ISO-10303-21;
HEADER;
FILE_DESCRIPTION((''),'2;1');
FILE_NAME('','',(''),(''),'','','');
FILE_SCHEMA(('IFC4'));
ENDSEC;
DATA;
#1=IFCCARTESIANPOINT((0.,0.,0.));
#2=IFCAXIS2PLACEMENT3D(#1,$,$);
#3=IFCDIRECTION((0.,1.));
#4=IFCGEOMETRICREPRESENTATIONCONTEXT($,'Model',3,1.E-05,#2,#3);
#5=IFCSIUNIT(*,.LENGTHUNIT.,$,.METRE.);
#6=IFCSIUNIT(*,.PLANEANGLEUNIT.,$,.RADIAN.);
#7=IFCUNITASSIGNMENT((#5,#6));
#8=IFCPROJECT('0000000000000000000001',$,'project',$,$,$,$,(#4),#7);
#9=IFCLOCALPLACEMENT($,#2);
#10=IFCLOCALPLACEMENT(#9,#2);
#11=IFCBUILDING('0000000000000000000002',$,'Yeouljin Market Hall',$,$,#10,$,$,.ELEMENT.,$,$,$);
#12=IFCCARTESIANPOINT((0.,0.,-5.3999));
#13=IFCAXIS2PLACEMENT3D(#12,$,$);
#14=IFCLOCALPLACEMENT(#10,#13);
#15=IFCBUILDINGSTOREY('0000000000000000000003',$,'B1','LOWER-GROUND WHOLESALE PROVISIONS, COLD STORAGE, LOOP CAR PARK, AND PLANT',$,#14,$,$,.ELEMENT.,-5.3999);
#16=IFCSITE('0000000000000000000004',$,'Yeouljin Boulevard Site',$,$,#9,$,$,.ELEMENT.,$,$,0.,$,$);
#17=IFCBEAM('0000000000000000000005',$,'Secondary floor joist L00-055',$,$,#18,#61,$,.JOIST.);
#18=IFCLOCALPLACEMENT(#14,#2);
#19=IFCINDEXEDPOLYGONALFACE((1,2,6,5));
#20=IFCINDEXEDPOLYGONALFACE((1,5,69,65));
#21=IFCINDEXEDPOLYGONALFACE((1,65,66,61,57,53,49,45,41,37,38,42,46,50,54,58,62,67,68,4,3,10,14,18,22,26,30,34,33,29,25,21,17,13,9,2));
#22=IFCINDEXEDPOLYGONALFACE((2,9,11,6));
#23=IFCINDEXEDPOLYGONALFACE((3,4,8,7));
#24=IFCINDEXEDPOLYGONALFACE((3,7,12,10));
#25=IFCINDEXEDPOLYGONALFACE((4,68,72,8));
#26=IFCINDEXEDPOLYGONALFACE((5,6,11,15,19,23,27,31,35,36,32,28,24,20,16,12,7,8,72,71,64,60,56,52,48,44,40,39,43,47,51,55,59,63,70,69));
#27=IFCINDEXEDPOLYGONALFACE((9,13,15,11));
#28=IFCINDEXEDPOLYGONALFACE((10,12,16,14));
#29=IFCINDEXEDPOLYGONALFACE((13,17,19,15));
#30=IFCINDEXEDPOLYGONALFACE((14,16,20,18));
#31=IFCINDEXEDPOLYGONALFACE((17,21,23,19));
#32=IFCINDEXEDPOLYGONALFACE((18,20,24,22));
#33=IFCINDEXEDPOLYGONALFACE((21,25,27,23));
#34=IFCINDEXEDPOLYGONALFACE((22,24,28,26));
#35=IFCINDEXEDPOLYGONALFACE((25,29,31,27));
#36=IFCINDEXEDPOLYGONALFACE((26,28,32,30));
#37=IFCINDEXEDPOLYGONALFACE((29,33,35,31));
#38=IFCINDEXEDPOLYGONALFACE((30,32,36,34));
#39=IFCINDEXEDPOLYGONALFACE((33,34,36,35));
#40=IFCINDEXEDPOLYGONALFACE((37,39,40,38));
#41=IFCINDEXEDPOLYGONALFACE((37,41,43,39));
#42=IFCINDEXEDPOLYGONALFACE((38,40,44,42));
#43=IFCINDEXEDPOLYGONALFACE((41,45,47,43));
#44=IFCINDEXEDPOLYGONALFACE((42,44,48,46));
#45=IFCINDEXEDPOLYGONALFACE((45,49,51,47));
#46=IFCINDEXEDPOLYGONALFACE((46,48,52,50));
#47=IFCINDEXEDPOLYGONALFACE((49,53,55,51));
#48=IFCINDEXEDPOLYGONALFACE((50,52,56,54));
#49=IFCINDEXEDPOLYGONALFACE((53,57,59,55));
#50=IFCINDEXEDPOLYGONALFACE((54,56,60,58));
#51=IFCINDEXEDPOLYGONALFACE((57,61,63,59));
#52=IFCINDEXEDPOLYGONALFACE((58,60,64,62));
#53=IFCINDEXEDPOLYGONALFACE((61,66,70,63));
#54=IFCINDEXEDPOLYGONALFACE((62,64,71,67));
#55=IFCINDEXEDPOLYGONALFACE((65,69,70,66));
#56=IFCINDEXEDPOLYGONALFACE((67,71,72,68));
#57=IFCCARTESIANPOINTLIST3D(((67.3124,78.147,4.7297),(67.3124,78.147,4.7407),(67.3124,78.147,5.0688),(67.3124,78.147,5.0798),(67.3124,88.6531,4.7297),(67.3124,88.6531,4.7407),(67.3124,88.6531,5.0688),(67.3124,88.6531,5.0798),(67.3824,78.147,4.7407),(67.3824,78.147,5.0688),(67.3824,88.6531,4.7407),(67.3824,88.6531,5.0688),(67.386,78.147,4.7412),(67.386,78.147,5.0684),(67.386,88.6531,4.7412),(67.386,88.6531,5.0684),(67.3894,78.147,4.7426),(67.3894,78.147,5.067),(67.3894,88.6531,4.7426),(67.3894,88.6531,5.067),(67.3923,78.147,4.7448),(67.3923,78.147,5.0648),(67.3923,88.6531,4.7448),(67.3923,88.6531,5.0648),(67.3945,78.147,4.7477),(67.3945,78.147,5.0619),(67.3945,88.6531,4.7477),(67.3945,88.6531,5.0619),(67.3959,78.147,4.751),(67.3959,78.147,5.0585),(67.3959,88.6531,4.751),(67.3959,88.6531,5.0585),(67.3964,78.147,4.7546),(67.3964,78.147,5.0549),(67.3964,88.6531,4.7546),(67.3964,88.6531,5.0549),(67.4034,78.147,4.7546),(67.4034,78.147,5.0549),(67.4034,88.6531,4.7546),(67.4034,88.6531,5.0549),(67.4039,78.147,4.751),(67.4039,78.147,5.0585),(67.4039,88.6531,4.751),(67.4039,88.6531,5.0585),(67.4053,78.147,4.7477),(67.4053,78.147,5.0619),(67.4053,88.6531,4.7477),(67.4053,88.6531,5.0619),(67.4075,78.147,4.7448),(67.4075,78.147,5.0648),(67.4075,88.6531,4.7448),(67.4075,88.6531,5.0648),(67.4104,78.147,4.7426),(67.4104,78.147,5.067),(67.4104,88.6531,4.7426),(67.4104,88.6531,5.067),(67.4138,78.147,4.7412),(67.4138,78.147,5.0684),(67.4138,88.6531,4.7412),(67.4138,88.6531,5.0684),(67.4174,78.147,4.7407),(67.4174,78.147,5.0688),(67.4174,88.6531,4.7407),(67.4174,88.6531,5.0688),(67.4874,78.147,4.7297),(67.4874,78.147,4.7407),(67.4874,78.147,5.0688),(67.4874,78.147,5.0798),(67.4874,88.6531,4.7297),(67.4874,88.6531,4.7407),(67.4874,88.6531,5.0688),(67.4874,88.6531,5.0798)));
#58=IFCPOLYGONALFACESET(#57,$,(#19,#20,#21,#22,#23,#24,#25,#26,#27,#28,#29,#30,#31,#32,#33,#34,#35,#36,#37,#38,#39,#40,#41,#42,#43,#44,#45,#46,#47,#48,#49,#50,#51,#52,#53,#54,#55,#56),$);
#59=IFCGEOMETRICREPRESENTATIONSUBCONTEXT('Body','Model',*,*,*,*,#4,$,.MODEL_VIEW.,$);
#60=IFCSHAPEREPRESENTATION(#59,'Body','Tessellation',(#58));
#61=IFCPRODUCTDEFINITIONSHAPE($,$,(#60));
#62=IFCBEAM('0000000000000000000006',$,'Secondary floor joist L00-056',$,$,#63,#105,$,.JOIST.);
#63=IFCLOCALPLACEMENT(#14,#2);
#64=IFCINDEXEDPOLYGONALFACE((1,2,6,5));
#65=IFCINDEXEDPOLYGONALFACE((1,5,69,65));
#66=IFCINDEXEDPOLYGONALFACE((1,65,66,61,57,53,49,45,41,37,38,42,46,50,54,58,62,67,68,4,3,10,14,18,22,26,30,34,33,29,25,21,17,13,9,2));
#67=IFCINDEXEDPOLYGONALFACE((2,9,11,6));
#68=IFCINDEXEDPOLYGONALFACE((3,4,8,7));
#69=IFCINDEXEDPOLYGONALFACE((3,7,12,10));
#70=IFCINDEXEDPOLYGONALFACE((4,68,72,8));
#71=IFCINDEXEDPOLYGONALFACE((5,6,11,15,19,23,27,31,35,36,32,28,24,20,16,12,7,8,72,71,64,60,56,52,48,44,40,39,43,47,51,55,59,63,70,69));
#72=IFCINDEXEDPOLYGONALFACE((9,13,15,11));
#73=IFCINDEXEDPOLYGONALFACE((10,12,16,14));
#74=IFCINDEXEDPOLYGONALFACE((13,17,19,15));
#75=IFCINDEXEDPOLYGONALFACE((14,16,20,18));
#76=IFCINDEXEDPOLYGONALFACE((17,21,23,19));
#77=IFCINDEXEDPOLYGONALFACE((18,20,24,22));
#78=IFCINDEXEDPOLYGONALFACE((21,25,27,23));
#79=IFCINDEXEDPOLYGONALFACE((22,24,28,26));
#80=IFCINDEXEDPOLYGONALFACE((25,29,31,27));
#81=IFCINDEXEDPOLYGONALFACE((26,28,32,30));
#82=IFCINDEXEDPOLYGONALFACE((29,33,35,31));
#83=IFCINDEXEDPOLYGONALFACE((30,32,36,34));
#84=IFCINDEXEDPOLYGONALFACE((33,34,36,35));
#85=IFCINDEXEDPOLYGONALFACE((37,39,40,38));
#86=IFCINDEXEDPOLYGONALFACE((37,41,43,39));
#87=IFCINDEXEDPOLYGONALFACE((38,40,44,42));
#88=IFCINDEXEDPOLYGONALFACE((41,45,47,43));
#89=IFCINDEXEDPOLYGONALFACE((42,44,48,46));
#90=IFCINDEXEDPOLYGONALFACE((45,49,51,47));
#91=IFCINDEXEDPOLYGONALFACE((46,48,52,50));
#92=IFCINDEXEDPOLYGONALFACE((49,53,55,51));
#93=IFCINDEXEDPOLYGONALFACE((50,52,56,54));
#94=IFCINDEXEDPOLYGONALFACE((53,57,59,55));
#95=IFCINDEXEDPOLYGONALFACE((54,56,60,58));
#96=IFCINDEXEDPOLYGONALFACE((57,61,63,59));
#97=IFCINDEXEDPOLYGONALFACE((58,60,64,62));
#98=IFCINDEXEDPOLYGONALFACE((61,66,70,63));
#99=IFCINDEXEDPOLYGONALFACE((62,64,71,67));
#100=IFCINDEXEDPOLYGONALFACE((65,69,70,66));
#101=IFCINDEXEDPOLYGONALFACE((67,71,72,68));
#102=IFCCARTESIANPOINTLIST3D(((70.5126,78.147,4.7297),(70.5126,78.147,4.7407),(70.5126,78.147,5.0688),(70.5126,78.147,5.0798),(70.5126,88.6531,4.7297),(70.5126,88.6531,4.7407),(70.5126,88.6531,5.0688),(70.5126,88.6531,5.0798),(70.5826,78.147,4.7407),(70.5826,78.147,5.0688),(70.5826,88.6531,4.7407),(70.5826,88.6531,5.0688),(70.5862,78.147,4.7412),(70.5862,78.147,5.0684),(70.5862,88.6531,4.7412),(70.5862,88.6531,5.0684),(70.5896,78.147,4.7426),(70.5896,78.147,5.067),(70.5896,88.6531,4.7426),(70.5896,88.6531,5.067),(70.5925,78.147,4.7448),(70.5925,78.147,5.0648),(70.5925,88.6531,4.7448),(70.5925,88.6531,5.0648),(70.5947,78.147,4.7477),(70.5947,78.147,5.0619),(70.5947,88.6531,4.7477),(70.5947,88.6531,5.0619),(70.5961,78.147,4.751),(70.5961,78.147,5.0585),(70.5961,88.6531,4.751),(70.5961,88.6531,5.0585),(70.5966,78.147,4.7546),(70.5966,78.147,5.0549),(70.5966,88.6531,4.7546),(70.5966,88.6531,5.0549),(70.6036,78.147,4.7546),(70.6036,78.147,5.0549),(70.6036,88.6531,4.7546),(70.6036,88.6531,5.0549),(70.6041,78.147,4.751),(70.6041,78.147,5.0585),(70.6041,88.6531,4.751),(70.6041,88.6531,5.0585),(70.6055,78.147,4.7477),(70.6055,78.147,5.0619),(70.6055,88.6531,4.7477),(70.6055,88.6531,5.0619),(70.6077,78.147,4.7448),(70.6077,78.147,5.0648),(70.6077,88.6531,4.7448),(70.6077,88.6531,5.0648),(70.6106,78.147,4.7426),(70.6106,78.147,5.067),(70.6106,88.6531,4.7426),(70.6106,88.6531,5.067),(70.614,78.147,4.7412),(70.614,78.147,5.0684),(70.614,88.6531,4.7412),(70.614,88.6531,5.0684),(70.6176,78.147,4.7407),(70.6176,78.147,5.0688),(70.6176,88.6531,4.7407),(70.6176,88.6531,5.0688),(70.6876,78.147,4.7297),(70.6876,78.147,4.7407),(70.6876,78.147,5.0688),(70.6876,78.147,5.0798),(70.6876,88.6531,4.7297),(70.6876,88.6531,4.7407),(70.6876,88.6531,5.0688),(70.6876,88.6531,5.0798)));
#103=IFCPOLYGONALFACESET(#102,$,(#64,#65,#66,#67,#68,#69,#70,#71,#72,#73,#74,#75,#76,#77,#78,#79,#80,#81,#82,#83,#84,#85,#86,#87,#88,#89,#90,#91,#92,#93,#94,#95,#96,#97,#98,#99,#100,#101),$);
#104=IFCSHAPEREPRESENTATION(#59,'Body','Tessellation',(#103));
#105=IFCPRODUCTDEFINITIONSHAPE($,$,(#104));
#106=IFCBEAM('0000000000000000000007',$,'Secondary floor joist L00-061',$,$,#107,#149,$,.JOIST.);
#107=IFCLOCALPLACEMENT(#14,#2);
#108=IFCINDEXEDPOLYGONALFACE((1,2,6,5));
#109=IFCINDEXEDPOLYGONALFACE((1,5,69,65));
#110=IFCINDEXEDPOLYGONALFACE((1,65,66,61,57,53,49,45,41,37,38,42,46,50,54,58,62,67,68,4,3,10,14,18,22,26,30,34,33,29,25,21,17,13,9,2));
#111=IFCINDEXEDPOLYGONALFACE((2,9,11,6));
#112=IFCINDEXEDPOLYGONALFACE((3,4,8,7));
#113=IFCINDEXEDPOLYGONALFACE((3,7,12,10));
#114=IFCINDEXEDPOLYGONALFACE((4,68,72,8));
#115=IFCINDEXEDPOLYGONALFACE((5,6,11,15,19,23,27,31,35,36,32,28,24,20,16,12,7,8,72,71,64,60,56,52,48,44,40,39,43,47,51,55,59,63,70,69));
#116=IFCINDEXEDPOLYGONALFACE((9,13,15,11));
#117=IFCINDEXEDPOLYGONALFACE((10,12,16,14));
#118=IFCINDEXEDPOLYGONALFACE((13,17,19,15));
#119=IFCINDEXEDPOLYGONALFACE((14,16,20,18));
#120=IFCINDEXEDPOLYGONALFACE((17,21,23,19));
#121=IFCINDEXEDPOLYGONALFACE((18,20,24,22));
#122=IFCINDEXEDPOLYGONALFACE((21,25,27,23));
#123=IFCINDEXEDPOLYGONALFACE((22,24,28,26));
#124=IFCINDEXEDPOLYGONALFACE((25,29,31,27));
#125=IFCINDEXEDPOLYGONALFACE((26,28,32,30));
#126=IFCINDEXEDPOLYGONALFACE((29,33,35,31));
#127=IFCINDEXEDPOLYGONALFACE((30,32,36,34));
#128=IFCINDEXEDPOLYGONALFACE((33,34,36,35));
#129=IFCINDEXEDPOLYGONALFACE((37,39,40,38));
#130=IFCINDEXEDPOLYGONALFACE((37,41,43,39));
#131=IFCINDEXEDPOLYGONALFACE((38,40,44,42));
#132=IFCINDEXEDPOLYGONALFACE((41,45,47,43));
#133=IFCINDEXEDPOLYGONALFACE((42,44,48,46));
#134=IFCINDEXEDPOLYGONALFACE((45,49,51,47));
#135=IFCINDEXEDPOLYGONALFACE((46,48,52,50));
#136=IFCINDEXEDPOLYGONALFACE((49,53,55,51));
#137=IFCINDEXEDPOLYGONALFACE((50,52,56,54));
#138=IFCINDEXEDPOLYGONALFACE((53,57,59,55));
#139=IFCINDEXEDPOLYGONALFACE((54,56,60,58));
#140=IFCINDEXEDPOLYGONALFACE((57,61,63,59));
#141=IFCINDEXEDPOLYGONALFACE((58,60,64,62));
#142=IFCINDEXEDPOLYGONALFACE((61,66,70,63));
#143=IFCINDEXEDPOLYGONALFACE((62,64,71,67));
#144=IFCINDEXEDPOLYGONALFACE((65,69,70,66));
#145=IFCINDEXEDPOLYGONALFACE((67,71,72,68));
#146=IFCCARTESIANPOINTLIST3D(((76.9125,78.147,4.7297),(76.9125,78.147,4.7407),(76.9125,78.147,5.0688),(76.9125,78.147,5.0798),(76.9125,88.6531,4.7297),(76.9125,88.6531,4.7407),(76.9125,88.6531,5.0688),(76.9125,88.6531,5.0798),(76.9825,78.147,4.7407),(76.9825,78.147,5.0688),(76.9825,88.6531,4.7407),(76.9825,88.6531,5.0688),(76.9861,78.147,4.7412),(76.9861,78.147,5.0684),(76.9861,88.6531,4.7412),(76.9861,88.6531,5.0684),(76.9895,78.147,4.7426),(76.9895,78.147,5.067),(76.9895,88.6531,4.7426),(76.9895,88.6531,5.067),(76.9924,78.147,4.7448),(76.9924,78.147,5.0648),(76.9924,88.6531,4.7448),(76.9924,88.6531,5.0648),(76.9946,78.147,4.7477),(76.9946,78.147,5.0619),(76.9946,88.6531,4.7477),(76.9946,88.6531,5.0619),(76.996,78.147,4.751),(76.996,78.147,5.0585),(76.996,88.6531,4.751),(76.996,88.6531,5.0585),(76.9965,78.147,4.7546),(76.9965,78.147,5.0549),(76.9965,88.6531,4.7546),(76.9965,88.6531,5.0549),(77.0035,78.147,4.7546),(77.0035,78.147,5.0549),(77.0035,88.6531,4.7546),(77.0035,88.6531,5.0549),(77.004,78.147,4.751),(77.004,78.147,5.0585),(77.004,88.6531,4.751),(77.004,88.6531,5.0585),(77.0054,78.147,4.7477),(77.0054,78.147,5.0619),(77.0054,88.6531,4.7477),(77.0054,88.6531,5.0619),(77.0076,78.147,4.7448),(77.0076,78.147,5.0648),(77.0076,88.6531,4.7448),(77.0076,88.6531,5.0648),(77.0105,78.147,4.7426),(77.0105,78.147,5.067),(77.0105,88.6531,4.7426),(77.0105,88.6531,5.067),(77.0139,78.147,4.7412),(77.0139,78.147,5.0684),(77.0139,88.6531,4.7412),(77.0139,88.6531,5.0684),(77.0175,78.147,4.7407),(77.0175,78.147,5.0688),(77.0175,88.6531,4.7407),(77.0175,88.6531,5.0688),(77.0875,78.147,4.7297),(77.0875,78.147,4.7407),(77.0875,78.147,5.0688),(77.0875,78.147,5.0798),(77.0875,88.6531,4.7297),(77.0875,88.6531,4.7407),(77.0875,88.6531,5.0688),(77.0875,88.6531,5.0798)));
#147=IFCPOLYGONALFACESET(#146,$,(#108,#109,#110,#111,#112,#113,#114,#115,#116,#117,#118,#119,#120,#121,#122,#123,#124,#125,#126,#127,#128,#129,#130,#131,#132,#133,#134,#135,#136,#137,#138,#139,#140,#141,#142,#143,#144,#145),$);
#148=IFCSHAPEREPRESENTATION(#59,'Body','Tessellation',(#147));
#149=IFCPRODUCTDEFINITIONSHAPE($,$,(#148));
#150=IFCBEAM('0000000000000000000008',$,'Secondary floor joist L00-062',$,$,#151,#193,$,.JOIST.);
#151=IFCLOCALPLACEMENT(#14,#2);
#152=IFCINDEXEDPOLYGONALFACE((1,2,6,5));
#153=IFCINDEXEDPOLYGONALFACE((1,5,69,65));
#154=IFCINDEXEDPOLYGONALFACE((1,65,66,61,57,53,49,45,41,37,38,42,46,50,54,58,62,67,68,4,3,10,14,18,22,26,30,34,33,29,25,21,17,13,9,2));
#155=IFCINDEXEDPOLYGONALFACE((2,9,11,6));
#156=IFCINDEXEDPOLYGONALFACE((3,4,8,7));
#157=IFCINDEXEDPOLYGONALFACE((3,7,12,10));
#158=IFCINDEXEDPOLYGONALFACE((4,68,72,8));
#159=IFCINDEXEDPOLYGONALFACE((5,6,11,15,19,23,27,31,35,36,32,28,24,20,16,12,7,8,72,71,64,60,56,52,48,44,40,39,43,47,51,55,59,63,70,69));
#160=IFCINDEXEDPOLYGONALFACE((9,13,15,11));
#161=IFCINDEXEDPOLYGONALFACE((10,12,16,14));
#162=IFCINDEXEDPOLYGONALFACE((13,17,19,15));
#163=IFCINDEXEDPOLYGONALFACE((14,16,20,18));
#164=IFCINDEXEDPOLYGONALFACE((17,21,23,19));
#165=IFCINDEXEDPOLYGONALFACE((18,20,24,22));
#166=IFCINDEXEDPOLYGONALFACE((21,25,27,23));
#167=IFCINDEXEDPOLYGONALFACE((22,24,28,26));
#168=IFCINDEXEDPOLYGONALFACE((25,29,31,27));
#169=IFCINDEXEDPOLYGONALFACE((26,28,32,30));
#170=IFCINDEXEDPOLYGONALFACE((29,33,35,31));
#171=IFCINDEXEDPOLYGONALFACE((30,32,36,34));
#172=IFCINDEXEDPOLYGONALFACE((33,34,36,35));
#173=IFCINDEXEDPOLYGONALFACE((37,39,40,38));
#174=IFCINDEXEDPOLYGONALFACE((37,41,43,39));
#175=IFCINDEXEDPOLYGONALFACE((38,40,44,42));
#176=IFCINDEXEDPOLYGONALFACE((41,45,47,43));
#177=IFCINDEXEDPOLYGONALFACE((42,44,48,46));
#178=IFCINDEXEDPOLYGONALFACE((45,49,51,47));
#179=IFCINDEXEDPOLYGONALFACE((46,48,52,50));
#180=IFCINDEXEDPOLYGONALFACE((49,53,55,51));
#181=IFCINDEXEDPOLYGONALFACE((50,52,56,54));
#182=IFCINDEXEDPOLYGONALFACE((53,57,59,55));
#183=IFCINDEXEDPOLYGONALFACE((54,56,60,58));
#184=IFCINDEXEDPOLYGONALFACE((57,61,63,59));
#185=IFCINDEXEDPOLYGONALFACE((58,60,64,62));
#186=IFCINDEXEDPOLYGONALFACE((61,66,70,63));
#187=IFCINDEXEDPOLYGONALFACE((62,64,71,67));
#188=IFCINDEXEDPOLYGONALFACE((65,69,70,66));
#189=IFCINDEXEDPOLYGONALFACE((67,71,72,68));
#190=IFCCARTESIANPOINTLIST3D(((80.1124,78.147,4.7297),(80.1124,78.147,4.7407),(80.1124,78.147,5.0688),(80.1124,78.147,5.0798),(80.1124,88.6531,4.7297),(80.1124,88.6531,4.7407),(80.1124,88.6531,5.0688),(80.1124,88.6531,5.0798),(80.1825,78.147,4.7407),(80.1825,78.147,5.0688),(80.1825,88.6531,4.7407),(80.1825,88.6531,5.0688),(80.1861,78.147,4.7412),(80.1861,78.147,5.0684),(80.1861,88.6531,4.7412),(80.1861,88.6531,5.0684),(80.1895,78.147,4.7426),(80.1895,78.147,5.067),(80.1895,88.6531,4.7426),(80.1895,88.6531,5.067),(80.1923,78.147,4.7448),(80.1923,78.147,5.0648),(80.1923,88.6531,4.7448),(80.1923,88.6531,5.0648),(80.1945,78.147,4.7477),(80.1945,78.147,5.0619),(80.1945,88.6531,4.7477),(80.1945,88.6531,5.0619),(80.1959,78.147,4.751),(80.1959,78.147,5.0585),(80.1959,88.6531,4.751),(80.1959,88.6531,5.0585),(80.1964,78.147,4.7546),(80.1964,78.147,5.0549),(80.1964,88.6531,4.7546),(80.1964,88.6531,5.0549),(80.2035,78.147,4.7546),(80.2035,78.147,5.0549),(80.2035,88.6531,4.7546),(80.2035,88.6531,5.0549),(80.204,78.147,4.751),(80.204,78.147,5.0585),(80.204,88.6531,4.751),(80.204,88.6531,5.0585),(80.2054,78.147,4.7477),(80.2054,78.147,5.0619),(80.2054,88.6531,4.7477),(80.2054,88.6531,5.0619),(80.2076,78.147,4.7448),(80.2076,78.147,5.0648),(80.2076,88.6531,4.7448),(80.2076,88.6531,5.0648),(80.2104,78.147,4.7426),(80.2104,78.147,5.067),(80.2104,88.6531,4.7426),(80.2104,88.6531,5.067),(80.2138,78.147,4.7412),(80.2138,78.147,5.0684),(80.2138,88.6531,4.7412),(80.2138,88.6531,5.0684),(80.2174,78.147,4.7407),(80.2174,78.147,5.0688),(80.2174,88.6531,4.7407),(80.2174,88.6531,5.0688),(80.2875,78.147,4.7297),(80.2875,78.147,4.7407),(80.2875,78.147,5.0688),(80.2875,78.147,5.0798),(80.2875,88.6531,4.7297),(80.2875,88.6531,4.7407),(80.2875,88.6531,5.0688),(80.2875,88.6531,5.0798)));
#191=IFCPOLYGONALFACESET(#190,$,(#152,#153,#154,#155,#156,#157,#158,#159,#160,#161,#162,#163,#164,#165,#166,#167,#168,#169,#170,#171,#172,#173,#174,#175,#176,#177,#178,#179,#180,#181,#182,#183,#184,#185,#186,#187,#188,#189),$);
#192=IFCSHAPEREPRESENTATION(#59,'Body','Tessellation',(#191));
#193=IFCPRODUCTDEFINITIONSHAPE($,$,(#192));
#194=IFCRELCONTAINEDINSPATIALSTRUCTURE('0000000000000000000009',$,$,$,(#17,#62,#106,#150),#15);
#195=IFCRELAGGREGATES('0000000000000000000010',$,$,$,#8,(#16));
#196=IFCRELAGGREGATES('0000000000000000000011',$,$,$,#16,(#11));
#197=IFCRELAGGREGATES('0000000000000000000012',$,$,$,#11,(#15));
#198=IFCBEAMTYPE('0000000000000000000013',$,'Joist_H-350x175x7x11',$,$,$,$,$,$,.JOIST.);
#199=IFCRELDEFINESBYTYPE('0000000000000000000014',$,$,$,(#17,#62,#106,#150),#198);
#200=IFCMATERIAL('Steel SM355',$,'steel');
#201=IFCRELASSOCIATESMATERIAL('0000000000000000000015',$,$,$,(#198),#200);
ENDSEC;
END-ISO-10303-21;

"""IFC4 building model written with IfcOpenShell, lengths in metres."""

from ifc_helpers import new_model, si_unit, direction, frame, origin, origin_2d, place, context, subcontext, project, spatial, i_section, extrude, material, material_profile, profile_set, type_object, element, save


model = new_model("IFC4")

# Units and contexts
model_context = context("Model", 3, precision=1e-05, world=origin(), true_north=direction((0.0, 1.0)))
body_context = subcontext(model_context, "Body", "Model", "MODEL_VIEW")
ifc_project = project(units=[si_unit("LENGTHUNIT", "METRE"), si_unit("PLANEANGLEUNIT", "RADIAN")], contexts=[model_context])

# Site, building, storey
site_placement = place(None, origin())
site = spatial("IfcSite", under=ifc_project, at=site_placement, Name="Yeouljin Boulevard Site", CompositionType="ELEMENT", RefElevation=0.0)
building_placement = place(site_placement, origin())
building = spatial("IfcBuilding", under=site, at=building_placement, Name="Yeouljin Market Hall", CompositionType="ELEMENT")
storey_placement = place(building_placement, frame((0.0, 0.0, -5.3999)))
storey = spatial("IfcBuildingStorey", under=building, at=storey_placement, Name="B1", Description="LOWER-GROUND WHOLESALE PROVISIONS, COLD STORAGE, LOOP CAR PARK, AND PLANT", CompositionType="ELEMENT", Elevation=-5.3999)

# Beams
ifc_material_1 = material(Name="Steel SM355", Category="steel")
ifc_material_profile_1 = material_profile(ifc_material_1, i_section(OverallWidth=0.175, OverallDepth=0.3501, WebThickness=0.0071, FlangeThickness=0.011, FilletRadius=0.0139, at=origin_2d()), Name="H-350x175x7x11")
ifc_profile_set_1 = profile_set([ifc_material_profile_1], Name="Steel SM355")
beam_type_1 = type_object("IfcBeamType", Name="Joist_H-350x175x7x11", PredefinedType="JOIST", material=ifc_profile_set_1)
for number, where, z_axis, x_axis, name in (
    (1, (67.3999, 78.147, 4.9048), (0.0, 1.0, 0.0), (-1.0, 0.0, 0.0), "Secondary floor joist L00-055"),
    (2, (70.6001, 78.147, 4.9048), (0.0, 1.0, 0.0), (-1.0, 0.0, 0.0), "Secondary floor joist L00-056"),
    (3, (77.0, 78.147, 4.9048), (0.0, 1.0, 0.0), (-1.0, 0.0, 0.0), "Secondary floor joist L00-061"),
    (4, (80.2, 78.147, 4.9048), (0.0, 1.0, 0.0), (-1.0, 0.0, 0.0), "Secondary floor joist L00-062"),
):
    element("IfcBeam", number, at=place(storey_placement, frame(where, z_axis=z_axis, x_axis=x_axis)), inside=storey, type_object=beam_type_1, Name=name, PredefinedType="JOIST", context=body_context, shape_type="SweptSolid", body=[
        extrude(i_section(OverallWidth=0.175, OverallDepth=0.3501, WebThickness=0.0071, FlangeThickness=0.011, FilletRadius=0.0139, at=origin_2d()), origin(), (0.0, 0.0, 1.0), 10.5061),
    ])

save(model, "model.ifc")
